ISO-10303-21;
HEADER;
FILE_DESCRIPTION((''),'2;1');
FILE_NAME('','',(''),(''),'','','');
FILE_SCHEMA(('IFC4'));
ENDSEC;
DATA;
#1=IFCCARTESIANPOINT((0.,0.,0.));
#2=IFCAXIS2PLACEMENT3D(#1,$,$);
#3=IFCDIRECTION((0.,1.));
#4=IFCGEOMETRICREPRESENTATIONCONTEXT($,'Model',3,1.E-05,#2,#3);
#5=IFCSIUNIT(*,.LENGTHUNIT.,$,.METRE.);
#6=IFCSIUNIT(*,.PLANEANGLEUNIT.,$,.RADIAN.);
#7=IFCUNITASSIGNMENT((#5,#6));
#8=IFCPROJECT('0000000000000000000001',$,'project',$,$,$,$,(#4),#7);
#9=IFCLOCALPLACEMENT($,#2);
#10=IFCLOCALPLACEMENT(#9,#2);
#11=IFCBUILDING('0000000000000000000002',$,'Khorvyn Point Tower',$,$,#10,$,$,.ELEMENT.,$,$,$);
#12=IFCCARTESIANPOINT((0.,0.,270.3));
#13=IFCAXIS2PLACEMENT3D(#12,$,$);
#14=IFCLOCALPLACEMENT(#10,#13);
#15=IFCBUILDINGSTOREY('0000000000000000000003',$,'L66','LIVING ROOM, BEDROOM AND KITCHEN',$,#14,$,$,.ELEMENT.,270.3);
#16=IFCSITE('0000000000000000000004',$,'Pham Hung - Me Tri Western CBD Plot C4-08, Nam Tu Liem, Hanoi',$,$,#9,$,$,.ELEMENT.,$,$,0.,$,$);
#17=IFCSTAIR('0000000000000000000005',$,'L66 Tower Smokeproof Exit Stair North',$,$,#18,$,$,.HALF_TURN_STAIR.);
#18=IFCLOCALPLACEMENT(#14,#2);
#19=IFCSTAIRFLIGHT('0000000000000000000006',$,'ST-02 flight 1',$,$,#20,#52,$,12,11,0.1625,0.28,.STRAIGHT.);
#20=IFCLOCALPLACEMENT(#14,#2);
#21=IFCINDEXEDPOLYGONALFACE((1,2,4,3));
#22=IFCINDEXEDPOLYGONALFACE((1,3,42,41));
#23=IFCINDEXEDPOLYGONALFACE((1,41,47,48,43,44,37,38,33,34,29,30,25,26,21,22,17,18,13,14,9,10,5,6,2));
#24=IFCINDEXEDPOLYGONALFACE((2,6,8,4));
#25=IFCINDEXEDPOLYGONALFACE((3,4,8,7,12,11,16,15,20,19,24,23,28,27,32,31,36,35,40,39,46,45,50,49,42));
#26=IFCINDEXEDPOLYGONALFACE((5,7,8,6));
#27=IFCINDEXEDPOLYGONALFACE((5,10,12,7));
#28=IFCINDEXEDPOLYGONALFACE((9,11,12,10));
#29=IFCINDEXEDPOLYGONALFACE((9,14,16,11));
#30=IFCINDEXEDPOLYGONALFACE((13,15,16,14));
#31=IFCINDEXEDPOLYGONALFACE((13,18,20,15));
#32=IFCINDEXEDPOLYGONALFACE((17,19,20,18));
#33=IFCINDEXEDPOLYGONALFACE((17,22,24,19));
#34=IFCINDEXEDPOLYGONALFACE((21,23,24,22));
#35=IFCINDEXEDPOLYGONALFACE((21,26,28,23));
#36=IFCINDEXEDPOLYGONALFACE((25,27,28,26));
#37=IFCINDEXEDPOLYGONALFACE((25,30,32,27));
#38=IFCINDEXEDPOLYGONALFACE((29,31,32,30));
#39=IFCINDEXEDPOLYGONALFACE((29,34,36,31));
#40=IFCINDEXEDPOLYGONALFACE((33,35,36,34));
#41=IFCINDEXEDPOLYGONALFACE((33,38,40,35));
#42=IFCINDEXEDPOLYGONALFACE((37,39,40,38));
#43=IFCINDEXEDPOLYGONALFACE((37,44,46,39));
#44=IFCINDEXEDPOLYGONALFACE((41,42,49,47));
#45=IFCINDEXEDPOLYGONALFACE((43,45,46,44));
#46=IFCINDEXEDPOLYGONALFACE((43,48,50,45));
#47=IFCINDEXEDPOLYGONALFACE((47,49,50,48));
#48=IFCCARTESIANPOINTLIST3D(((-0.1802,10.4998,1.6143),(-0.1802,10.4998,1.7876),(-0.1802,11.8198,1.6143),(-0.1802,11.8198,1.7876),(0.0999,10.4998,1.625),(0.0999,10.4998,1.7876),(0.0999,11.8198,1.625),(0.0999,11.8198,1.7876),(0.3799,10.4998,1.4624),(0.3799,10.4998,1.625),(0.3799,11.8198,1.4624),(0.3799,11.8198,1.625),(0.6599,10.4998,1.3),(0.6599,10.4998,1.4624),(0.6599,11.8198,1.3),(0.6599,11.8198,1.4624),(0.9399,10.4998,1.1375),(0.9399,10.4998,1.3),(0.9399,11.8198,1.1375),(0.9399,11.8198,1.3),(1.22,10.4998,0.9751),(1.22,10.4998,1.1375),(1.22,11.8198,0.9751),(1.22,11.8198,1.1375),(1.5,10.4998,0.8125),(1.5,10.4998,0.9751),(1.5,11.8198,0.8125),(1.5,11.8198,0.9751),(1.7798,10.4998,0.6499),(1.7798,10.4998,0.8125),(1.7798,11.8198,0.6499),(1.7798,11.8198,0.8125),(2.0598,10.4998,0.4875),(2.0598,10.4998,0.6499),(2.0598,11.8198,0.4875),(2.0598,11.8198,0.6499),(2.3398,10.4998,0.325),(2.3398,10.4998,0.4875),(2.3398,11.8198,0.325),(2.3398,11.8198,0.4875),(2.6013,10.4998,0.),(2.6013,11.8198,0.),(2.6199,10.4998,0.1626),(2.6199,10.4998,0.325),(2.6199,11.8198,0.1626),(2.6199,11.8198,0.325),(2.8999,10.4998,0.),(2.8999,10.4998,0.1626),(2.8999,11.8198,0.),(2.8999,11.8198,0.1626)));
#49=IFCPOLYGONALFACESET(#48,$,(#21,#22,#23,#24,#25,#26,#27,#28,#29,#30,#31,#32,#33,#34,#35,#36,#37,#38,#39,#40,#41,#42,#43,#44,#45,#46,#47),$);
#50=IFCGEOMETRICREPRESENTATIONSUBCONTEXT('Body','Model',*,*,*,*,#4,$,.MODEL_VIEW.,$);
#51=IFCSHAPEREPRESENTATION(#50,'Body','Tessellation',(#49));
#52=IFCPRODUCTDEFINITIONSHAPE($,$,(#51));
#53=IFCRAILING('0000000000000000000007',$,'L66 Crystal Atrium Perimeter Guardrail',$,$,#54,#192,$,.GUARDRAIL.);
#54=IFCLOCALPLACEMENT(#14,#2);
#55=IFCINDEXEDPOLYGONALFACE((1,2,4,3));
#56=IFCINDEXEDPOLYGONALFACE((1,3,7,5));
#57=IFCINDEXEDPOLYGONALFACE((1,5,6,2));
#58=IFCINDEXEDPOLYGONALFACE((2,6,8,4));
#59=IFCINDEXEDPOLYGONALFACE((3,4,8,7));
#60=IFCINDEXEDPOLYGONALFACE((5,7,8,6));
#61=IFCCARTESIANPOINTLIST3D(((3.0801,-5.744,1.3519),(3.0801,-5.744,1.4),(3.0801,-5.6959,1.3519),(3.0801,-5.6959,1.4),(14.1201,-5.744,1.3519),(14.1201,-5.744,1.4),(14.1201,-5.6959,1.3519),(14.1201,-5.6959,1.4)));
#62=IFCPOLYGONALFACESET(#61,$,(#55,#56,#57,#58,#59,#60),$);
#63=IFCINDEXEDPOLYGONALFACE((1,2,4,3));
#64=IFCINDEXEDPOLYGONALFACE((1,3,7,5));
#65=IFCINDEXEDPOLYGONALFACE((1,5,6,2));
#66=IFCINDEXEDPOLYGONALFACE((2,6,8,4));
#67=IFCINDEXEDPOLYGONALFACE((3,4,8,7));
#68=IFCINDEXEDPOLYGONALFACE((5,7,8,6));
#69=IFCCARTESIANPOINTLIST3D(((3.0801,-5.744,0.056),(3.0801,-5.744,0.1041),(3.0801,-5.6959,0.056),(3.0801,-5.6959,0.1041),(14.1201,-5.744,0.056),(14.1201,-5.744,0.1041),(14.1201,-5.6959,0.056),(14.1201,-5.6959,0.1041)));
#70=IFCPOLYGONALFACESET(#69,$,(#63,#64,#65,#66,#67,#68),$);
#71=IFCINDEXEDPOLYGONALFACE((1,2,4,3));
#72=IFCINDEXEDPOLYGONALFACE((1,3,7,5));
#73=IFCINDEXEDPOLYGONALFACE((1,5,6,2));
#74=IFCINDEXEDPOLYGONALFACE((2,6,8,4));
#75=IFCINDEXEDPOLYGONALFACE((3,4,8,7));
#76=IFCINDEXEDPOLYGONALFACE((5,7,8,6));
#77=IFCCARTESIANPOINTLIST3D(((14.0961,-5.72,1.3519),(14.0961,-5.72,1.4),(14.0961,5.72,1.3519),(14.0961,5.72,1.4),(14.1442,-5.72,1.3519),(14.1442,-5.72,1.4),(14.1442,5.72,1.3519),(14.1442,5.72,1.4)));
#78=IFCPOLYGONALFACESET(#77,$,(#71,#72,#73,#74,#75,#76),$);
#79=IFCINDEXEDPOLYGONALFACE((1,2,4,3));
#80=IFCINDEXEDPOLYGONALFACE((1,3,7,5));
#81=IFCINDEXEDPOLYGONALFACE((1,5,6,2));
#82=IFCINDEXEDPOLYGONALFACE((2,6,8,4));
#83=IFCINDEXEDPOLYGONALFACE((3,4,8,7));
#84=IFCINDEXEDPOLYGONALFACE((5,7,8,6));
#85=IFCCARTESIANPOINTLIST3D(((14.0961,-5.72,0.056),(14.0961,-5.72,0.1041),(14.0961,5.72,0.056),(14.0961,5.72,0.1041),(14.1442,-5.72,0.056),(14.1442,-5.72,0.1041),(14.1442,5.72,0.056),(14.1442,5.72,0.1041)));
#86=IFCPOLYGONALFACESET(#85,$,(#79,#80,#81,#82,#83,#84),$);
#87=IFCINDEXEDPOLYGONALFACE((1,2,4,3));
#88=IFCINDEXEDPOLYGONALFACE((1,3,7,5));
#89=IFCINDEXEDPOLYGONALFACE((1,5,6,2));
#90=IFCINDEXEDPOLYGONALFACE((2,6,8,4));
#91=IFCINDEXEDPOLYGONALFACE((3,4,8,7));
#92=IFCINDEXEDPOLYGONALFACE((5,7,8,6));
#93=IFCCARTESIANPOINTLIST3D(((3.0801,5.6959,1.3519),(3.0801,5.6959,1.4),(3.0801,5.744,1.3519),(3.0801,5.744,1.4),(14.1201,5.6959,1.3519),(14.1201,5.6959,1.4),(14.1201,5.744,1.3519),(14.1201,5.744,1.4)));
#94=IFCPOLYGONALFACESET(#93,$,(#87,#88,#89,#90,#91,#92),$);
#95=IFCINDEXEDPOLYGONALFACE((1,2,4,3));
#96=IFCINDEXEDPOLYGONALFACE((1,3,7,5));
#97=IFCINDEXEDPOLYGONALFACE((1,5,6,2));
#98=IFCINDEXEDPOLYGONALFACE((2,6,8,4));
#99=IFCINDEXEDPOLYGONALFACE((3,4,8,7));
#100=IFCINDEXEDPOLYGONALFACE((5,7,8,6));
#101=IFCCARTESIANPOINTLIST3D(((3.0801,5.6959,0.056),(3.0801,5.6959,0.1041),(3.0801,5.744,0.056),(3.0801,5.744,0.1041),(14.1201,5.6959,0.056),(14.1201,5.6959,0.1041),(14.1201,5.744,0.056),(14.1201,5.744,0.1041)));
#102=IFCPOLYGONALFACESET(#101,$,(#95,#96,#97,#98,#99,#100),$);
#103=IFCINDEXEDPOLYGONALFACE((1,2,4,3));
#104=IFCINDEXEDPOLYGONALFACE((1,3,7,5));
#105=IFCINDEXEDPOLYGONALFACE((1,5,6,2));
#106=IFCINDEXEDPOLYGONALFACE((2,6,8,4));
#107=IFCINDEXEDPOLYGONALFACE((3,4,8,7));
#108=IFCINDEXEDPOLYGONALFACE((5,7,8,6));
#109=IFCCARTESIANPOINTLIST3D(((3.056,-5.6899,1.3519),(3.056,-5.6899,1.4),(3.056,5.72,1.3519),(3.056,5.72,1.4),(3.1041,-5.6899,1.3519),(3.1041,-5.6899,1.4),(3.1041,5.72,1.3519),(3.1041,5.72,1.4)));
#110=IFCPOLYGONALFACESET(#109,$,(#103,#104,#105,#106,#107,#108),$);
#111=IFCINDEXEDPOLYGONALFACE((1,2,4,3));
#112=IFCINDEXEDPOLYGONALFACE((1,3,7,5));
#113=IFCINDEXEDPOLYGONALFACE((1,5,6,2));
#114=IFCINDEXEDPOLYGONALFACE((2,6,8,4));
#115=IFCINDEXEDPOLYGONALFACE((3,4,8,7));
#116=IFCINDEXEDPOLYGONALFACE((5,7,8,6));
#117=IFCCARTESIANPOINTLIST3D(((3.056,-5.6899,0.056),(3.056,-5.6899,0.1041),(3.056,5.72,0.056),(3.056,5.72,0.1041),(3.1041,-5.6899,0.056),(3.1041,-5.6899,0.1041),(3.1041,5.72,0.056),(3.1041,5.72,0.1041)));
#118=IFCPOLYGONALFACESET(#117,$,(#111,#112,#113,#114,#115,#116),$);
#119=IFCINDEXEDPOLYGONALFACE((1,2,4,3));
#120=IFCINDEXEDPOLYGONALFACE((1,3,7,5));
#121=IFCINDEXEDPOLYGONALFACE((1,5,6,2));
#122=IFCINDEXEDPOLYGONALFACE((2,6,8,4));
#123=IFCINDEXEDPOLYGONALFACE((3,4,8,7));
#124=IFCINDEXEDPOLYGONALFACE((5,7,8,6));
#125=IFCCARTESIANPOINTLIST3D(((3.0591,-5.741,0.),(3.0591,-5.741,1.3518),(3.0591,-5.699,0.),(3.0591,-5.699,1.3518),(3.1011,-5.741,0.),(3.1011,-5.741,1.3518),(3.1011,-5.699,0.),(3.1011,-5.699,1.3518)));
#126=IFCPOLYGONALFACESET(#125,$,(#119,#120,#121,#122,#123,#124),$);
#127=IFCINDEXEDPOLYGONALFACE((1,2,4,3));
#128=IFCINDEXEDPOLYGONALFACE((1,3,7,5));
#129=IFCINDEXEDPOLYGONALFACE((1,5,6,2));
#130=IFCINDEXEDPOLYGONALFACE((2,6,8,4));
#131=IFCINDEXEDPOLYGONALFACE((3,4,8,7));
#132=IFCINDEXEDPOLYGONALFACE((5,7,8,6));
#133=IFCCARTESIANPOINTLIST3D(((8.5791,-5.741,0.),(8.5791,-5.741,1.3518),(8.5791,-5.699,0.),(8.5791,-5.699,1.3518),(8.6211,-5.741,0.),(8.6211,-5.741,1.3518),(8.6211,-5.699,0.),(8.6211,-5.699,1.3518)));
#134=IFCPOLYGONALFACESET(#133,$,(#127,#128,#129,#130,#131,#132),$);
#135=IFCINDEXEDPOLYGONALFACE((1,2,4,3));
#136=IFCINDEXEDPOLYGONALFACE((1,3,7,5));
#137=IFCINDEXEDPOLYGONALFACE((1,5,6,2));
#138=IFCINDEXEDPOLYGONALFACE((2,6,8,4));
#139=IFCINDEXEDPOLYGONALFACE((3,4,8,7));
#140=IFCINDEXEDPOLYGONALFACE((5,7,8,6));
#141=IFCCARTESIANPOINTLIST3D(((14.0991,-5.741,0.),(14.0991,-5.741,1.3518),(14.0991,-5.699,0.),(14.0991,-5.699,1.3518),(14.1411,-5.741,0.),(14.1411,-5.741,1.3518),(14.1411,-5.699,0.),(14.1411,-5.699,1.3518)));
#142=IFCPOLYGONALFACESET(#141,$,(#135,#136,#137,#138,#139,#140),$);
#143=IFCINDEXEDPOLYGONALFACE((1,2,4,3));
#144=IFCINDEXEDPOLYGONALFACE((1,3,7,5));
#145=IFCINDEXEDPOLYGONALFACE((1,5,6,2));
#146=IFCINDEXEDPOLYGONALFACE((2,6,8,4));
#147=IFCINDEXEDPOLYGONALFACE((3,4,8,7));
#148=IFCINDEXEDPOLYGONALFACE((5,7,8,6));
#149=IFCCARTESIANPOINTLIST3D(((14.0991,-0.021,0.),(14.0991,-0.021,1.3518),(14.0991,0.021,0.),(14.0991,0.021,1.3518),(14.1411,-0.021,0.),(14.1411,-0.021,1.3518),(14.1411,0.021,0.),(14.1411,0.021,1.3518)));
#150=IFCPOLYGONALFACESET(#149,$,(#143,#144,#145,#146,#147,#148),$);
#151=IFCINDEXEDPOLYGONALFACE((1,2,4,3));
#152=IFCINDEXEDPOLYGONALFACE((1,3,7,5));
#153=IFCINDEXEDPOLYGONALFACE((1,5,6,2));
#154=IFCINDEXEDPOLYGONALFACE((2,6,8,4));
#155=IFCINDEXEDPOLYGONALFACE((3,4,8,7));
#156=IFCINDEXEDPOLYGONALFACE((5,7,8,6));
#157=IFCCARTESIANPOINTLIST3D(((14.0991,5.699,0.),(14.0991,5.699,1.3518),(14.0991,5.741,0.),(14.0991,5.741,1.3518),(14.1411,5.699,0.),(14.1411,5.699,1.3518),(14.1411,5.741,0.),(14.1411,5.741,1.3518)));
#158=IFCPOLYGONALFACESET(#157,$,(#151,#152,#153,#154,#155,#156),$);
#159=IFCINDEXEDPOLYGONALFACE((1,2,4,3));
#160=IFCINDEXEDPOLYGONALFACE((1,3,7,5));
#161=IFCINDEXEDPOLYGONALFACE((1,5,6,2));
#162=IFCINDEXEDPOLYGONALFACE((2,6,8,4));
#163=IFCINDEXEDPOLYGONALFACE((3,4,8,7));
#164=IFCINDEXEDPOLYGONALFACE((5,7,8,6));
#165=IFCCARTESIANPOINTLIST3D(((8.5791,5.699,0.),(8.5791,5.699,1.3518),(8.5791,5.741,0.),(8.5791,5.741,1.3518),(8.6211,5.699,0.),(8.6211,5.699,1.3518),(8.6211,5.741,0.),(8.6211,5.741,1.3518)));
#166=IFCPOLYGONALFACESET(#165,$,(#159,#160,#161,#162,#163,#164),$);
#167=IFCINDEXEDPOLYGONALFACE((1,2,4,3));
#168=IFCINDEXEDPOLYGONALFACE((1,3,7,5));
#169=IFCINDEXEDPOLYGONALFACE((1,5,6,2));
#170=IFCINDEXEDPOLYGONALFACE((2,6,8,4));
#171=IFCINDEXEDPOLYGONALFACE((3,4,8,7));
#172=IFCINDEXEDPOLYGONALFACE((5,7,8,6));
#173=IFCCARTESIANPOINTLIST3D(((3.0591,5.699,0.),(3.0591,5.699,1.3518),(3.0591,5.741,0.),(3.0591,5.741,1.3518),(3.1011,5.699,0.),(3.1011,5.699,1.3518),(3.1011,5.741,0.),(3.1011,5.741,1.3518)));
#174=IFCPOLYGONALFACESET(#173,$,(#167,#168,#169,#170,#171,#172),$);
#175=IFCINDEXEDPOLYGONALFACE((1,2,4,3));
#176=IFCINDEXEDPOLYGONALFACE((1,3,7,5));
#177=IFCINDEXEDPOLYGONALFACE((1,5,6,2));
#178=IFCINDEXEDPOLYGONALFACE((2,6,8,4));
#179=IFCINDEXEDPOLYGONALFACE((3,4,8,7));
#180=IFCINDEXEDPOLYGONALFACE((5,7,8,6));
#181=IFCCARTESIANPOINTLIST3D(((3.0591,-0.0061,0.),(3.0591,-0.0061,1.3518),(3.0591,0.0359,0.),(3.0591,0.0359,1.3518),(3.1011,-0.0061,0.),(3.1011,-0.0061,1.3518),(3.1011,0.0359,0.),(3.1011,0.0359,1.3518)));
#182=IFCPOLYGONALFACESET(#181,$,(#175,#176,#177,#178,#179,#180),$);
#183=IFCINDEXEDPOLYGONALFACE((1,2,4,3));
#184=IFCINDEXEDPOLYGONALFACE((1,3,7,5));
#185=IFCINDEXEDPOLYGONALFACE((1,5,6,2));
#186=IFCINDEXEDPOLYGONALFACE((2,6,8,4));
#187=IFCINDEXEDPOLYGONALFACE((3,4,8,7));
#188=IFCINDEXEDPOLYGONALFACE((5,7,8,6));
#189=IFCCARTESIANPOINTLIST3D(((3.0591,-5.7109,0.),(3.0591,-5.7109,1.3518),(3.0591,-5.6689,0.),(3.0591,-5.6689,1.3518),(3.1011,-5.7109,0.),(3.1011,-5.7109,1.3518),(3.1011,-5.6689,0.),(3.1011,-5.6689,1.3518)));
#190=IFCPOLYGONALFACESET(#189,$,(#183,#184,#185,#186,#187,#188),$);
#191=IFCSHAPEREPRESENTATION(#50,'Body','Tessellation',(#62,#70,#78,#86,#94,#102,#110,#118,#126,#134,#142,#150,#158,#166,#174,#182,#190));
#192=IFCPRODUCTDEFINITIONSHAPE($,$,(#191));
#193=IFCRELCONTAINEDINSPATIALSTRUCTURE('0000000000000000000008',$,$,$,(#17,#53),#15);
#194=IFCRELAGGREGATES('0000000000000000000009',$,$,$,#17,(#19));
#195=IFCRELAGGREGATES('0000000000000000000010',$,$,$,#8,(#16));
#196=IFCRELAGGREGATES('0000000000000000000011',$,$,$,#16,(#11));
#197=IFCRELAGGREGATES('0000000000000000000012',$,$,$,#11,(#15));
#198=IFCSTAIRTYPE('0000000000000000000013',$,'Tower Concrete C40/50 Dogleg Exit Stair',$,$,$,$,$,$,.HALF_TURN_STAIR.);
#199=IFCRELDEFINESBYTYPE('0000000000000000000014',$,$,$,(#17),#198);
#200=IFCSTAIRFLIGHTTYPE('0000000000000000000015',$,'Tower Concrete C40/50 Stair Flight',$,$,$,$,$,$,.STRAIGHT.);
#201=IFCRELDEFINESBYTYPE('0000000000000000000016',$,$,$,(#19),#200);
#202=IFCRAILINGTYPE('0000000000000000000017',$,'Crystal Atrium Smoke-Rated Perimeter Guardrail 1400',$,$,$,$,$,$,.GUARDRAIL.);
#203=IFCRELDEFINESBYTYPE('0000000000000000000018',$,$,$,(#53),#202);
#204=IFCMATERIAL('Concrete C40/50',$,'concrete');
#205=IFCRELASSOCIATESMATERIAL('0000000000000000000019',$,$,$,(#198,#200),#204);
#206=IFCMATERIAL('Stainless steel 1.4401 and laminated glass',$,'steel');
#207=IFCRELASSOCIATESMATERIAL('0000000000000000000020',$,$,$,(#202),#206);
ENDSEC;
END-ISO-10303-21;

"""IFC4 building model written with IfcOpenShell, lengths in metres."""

from ifc_helpers import new_model, si_unit, direction, frame, origin, origin_2d, place, context, subcontext, project, spatial, polyline, rectangle, outline, extrude, material, type_object, element, aggregate, save


model = new_model("IFC4")

# Units and contexts
model_context = context("Model", 3, precision=1e-05, world=origin(), true_north=direction((0.0, 1.0)))
body_context = subcontext(model_context, "Body", "Model", "MODEL_VIEW")
ifc_project = project(units=[si_unit("LENGTHUNIT", "METRE"), si_unit("PLANEANGLEUNIT", "RADIAN")], contexts=[model_context])

# Site, building, storey
site_placement = place(None, origin())
site = spatial("IfcSite", under=ifc_project, at=site_placement, Name="Pham Hung - Me Tri Western CBD Plot C4-08, Nam Tu Liem, Hanoi", CompositionType="ELEMENT", RefElevation=0.0)
building_placement = place(site_placement, origin())
building = spatial("IfcBuilding", under=site, at=building_placement, Name="Khorvyn Point Tower", CompositionType="ELEMENT")
storey_placement = place(building_placement, frame((0.0, 0.0, 270.3)))
storey = spatial("IfcBuildingStorey", under=building, at=storey_placement, Name="L66", Description="LIVING ROOM, BEDROOM AND KITCHEN", CompositionType="ELEMENT", Elevation=270.3)

# Shared definitions
ifc_material_1 = material(Name="Concrete C40/50", Category="concrete")

# Stair, stair flight
stair_type = type_object("IfcStairType", Name="Tower Concrete C40/50 Dogleg Exit Stair", PredefinedType="HALF_TURN_STAIR", material=ifc_material_1)
stair_placement = place(storey_placement, origin())
stair = element("IfcStair", 1, at=stair_placement, inside=storey, type_object=stair_type, Name="L66 Tower Smokeproof Exit Stair North", PredefinedType="HALF_TURN_STAIR")
stair_flight_type = type_object("IfcStairFlightType", Name="Tower Concrete C40/50 Stair Flight", PredefinedType="STRAIGHT", material=ifc_material_1)
stair_flight_placement = place(storey_placement, frame((2.8999, 11.1599, 0.0), z_axis=(0.0, 0.0, 1.0), x_axis=(-1.0, 0.0, 0.0)))
stair_flight = element("IfcStairFlight", 2, at=stair_flight_placement, type_object=stair_flight_type, Name="ST-02 flight 1", NumberOfRisers=12, NumberOfTreads=11, PredefinedType="STRAIGHT", RiserHeight=0.1625, TreadLength=0.28, context=body_context, shape_type="SweptSolid", body=[
    extrude(outline(polyline([(0.0, 0.0), (0.0, 0.1626), (0.28, 0.1626), (0.28, 0.325), (0.5601, 0.325), (0.5601, 0.4875), (0.8401, 0.4875), (0.8401, 0.6499), (1.1201, 0.6499), (1.1201, 0.8125), (1.3999, 0.8125), (1.3999, 0.9751), (1.6799, 0.9751), (1.6799, 1.1375), (1.96, 1.1375), (1.96, 1.3), (2.24, 1.3), (2.24, 1.4624), (2.52, 1.4624), (2.52, 1.625), (2.8, 1.625), (2.8, 1.7876), (3.0801, 1.7876), (3.0801, 1.95), (3.0801, 1.6143), (0.2986, 0.0), (0.0, 0.0)])), frame((0.0, 0.6602, 0.0), z_axis=(0.0, -1.0, 0.0), x_axis=(1.0, 0.0, 0.0)), (0.0, 0.0, 1.0), 1.3201),
])
aggregate(stair, [stair_flight])

# Railing
ifc_material_2 = material(Name="Stainless steel 1.4401 and laminated glass", Category="steel")
railing_type_1 = type_object("IfcRailingType", Name="Crystal Atrium Smoke-Rated Perimeter Guardrail 1400", PredefinedType="GUARDRAIL", material=ifc_material_2)
railing_1_placement = place(storey_placement, frame((3.0801, -5.72, 0.0)))
element("IfcRailing", 3, at=railing_1_placement, inside=storey, type_object=railing_type_1, Name="L66 Crystal Atrium Perimeter Guardrail", PredefinedType="GUARDRAIL", context=body_context, shape_type="SweptSolid", body=[
    extrude(rectangle(XDim=0.0481, YDim=0.0481, at=origin_2d()), frame((0.0, 0.0, 1.376), z_axis=(1.0, 0.0, 0.0), x_axis=(0.0, 1.0, 0.0)), (0.0, 0.0, 1.0), 11.04),
    extrude(rectangle(XDim=0.0481, YDim=0.0481, at=origin_2d()), frame((0.0, 0.0, 0.0801), z_axis=(1.0, 0.0, 0.0), x_axis=(0.0, 1.0, 0.0)), (0.0, 0.0, 1.0), 11.04),
    extrude(rectangle(XDim=0.0481, YDim=0.0481, at=origin_2d()), frame((11.04, 0.0, 1.376), z_axis=(0.0, 1.0, 0.0), x_axis=(-1.0, 0.0, 0.0)), (0.0, 0.0, 1.0), 11.4399),
    extrude(rectangle(XDim=0.0481, YDim=0.0481, at=origin_2d()), frame((11.04, 0.0, 0.0801), z_axis=(0.0, 1.0, 0.0), x_axis=(-1.0, 0.0, 0.0)), (0.0, 0.0, 1.0), 11.4399),
    extrude(rectangle(XDim=0.0481, YDim=0.0481, at=origin_2d()), frame((11.04, 11.4399, 1.376), z_axis=(-1.0, 0.0, 0.0), x_axis=(0.0, -1.0, 0.0)), (0.0, 0.0, 1.0), 11.04),
    extrude(rectangle(XDim=0.0481, YDim=0.0481, at=origin_2d()), frame((11.04, 11.4399, 0.0801), z_axis=(-1.0, 0.0, 0.0), x_axis=(0.0, -1.0, 0.0)), (0.0, 0.0, 1.0), 11.04),
    extrude(rectangle(XDim=0.0481, YDim=0.0481, at=origin_2d()), frame((0.0, 11.4399, 1.376), z_axis=(0.0, -1.0, 0.0), x_axis=(1.0, 0.0, 0.0)), (0.0, 0.0, 1.0), 11.4099),
    extrude(rectangle(XDim=0.0481, YDim=0.0481, at=origin_2d()), frame((0.0, 11.4399, 0.0801), z_axis=(0.0, -1.0, 0.0), x_axis=(1.0, 0.0, 0.0)), (0.0, 0.0, 1.0), 11.4099),
    extrude(rectangle(XDim=0.042, YDim=0.042, at=origin_2d()), origin(), (0.0, 0.0, 1.0), 1.3518),
    extrude(rectangle(XDim=0.042, YDim=0.042, at=origin_2d()), frame((5.52, 0.0, 0.0)), (0.0, 0.0, 1.0), 1.3518),
    extrude(rectangle(XDim=0.042, YDim=0.042, at=origin_2d()), frame((11.04, 0.0, 0.0)), (0.0, 0.0, 1.0), 1.3518),
    extrude(rectangle(XDim=0.042, YDim=0.042, at=origin_2d()), frame((11.04, 5.72, 0.0)), (0.0, 0.0, 1.0), 1.3518),
    extrude(rectangle(XDim=0.042, YDim=0.042, at=origin_2d()), frame((11.04, 11.4399, 0.0)), (0.0, 0.0, 1.0), 1.3518),
    extrude(rectangle(XDim=0.042, YDim=0.042, at=origin_2d()), frame((5.52, 11.4399, 0.0)), (0.0, 0.0, 1.0), 1.3518),
    extrude(rectangle(XDim=0.042, YDim=0.042, at=origin_2d()), frame((0.0, 11.4399, 0.0)), (0.0, 0.0, 1.0), 1.3518),
    extrude(rectangle(XDim=0.042, YDim=0.042, at=origin_2d()), frame((0.0, 5.7349, 0.0)), (0.0, 0.0, 1.0), 1.3518),
    extrude(rectangle(XDim=0.042, YDim=0.042, at=origin_2d()), frame((0.0, 0.03, 0.0)), (0.0, 0.0, 1.0), 1.3518),
])

save(model, "model.ifc")
